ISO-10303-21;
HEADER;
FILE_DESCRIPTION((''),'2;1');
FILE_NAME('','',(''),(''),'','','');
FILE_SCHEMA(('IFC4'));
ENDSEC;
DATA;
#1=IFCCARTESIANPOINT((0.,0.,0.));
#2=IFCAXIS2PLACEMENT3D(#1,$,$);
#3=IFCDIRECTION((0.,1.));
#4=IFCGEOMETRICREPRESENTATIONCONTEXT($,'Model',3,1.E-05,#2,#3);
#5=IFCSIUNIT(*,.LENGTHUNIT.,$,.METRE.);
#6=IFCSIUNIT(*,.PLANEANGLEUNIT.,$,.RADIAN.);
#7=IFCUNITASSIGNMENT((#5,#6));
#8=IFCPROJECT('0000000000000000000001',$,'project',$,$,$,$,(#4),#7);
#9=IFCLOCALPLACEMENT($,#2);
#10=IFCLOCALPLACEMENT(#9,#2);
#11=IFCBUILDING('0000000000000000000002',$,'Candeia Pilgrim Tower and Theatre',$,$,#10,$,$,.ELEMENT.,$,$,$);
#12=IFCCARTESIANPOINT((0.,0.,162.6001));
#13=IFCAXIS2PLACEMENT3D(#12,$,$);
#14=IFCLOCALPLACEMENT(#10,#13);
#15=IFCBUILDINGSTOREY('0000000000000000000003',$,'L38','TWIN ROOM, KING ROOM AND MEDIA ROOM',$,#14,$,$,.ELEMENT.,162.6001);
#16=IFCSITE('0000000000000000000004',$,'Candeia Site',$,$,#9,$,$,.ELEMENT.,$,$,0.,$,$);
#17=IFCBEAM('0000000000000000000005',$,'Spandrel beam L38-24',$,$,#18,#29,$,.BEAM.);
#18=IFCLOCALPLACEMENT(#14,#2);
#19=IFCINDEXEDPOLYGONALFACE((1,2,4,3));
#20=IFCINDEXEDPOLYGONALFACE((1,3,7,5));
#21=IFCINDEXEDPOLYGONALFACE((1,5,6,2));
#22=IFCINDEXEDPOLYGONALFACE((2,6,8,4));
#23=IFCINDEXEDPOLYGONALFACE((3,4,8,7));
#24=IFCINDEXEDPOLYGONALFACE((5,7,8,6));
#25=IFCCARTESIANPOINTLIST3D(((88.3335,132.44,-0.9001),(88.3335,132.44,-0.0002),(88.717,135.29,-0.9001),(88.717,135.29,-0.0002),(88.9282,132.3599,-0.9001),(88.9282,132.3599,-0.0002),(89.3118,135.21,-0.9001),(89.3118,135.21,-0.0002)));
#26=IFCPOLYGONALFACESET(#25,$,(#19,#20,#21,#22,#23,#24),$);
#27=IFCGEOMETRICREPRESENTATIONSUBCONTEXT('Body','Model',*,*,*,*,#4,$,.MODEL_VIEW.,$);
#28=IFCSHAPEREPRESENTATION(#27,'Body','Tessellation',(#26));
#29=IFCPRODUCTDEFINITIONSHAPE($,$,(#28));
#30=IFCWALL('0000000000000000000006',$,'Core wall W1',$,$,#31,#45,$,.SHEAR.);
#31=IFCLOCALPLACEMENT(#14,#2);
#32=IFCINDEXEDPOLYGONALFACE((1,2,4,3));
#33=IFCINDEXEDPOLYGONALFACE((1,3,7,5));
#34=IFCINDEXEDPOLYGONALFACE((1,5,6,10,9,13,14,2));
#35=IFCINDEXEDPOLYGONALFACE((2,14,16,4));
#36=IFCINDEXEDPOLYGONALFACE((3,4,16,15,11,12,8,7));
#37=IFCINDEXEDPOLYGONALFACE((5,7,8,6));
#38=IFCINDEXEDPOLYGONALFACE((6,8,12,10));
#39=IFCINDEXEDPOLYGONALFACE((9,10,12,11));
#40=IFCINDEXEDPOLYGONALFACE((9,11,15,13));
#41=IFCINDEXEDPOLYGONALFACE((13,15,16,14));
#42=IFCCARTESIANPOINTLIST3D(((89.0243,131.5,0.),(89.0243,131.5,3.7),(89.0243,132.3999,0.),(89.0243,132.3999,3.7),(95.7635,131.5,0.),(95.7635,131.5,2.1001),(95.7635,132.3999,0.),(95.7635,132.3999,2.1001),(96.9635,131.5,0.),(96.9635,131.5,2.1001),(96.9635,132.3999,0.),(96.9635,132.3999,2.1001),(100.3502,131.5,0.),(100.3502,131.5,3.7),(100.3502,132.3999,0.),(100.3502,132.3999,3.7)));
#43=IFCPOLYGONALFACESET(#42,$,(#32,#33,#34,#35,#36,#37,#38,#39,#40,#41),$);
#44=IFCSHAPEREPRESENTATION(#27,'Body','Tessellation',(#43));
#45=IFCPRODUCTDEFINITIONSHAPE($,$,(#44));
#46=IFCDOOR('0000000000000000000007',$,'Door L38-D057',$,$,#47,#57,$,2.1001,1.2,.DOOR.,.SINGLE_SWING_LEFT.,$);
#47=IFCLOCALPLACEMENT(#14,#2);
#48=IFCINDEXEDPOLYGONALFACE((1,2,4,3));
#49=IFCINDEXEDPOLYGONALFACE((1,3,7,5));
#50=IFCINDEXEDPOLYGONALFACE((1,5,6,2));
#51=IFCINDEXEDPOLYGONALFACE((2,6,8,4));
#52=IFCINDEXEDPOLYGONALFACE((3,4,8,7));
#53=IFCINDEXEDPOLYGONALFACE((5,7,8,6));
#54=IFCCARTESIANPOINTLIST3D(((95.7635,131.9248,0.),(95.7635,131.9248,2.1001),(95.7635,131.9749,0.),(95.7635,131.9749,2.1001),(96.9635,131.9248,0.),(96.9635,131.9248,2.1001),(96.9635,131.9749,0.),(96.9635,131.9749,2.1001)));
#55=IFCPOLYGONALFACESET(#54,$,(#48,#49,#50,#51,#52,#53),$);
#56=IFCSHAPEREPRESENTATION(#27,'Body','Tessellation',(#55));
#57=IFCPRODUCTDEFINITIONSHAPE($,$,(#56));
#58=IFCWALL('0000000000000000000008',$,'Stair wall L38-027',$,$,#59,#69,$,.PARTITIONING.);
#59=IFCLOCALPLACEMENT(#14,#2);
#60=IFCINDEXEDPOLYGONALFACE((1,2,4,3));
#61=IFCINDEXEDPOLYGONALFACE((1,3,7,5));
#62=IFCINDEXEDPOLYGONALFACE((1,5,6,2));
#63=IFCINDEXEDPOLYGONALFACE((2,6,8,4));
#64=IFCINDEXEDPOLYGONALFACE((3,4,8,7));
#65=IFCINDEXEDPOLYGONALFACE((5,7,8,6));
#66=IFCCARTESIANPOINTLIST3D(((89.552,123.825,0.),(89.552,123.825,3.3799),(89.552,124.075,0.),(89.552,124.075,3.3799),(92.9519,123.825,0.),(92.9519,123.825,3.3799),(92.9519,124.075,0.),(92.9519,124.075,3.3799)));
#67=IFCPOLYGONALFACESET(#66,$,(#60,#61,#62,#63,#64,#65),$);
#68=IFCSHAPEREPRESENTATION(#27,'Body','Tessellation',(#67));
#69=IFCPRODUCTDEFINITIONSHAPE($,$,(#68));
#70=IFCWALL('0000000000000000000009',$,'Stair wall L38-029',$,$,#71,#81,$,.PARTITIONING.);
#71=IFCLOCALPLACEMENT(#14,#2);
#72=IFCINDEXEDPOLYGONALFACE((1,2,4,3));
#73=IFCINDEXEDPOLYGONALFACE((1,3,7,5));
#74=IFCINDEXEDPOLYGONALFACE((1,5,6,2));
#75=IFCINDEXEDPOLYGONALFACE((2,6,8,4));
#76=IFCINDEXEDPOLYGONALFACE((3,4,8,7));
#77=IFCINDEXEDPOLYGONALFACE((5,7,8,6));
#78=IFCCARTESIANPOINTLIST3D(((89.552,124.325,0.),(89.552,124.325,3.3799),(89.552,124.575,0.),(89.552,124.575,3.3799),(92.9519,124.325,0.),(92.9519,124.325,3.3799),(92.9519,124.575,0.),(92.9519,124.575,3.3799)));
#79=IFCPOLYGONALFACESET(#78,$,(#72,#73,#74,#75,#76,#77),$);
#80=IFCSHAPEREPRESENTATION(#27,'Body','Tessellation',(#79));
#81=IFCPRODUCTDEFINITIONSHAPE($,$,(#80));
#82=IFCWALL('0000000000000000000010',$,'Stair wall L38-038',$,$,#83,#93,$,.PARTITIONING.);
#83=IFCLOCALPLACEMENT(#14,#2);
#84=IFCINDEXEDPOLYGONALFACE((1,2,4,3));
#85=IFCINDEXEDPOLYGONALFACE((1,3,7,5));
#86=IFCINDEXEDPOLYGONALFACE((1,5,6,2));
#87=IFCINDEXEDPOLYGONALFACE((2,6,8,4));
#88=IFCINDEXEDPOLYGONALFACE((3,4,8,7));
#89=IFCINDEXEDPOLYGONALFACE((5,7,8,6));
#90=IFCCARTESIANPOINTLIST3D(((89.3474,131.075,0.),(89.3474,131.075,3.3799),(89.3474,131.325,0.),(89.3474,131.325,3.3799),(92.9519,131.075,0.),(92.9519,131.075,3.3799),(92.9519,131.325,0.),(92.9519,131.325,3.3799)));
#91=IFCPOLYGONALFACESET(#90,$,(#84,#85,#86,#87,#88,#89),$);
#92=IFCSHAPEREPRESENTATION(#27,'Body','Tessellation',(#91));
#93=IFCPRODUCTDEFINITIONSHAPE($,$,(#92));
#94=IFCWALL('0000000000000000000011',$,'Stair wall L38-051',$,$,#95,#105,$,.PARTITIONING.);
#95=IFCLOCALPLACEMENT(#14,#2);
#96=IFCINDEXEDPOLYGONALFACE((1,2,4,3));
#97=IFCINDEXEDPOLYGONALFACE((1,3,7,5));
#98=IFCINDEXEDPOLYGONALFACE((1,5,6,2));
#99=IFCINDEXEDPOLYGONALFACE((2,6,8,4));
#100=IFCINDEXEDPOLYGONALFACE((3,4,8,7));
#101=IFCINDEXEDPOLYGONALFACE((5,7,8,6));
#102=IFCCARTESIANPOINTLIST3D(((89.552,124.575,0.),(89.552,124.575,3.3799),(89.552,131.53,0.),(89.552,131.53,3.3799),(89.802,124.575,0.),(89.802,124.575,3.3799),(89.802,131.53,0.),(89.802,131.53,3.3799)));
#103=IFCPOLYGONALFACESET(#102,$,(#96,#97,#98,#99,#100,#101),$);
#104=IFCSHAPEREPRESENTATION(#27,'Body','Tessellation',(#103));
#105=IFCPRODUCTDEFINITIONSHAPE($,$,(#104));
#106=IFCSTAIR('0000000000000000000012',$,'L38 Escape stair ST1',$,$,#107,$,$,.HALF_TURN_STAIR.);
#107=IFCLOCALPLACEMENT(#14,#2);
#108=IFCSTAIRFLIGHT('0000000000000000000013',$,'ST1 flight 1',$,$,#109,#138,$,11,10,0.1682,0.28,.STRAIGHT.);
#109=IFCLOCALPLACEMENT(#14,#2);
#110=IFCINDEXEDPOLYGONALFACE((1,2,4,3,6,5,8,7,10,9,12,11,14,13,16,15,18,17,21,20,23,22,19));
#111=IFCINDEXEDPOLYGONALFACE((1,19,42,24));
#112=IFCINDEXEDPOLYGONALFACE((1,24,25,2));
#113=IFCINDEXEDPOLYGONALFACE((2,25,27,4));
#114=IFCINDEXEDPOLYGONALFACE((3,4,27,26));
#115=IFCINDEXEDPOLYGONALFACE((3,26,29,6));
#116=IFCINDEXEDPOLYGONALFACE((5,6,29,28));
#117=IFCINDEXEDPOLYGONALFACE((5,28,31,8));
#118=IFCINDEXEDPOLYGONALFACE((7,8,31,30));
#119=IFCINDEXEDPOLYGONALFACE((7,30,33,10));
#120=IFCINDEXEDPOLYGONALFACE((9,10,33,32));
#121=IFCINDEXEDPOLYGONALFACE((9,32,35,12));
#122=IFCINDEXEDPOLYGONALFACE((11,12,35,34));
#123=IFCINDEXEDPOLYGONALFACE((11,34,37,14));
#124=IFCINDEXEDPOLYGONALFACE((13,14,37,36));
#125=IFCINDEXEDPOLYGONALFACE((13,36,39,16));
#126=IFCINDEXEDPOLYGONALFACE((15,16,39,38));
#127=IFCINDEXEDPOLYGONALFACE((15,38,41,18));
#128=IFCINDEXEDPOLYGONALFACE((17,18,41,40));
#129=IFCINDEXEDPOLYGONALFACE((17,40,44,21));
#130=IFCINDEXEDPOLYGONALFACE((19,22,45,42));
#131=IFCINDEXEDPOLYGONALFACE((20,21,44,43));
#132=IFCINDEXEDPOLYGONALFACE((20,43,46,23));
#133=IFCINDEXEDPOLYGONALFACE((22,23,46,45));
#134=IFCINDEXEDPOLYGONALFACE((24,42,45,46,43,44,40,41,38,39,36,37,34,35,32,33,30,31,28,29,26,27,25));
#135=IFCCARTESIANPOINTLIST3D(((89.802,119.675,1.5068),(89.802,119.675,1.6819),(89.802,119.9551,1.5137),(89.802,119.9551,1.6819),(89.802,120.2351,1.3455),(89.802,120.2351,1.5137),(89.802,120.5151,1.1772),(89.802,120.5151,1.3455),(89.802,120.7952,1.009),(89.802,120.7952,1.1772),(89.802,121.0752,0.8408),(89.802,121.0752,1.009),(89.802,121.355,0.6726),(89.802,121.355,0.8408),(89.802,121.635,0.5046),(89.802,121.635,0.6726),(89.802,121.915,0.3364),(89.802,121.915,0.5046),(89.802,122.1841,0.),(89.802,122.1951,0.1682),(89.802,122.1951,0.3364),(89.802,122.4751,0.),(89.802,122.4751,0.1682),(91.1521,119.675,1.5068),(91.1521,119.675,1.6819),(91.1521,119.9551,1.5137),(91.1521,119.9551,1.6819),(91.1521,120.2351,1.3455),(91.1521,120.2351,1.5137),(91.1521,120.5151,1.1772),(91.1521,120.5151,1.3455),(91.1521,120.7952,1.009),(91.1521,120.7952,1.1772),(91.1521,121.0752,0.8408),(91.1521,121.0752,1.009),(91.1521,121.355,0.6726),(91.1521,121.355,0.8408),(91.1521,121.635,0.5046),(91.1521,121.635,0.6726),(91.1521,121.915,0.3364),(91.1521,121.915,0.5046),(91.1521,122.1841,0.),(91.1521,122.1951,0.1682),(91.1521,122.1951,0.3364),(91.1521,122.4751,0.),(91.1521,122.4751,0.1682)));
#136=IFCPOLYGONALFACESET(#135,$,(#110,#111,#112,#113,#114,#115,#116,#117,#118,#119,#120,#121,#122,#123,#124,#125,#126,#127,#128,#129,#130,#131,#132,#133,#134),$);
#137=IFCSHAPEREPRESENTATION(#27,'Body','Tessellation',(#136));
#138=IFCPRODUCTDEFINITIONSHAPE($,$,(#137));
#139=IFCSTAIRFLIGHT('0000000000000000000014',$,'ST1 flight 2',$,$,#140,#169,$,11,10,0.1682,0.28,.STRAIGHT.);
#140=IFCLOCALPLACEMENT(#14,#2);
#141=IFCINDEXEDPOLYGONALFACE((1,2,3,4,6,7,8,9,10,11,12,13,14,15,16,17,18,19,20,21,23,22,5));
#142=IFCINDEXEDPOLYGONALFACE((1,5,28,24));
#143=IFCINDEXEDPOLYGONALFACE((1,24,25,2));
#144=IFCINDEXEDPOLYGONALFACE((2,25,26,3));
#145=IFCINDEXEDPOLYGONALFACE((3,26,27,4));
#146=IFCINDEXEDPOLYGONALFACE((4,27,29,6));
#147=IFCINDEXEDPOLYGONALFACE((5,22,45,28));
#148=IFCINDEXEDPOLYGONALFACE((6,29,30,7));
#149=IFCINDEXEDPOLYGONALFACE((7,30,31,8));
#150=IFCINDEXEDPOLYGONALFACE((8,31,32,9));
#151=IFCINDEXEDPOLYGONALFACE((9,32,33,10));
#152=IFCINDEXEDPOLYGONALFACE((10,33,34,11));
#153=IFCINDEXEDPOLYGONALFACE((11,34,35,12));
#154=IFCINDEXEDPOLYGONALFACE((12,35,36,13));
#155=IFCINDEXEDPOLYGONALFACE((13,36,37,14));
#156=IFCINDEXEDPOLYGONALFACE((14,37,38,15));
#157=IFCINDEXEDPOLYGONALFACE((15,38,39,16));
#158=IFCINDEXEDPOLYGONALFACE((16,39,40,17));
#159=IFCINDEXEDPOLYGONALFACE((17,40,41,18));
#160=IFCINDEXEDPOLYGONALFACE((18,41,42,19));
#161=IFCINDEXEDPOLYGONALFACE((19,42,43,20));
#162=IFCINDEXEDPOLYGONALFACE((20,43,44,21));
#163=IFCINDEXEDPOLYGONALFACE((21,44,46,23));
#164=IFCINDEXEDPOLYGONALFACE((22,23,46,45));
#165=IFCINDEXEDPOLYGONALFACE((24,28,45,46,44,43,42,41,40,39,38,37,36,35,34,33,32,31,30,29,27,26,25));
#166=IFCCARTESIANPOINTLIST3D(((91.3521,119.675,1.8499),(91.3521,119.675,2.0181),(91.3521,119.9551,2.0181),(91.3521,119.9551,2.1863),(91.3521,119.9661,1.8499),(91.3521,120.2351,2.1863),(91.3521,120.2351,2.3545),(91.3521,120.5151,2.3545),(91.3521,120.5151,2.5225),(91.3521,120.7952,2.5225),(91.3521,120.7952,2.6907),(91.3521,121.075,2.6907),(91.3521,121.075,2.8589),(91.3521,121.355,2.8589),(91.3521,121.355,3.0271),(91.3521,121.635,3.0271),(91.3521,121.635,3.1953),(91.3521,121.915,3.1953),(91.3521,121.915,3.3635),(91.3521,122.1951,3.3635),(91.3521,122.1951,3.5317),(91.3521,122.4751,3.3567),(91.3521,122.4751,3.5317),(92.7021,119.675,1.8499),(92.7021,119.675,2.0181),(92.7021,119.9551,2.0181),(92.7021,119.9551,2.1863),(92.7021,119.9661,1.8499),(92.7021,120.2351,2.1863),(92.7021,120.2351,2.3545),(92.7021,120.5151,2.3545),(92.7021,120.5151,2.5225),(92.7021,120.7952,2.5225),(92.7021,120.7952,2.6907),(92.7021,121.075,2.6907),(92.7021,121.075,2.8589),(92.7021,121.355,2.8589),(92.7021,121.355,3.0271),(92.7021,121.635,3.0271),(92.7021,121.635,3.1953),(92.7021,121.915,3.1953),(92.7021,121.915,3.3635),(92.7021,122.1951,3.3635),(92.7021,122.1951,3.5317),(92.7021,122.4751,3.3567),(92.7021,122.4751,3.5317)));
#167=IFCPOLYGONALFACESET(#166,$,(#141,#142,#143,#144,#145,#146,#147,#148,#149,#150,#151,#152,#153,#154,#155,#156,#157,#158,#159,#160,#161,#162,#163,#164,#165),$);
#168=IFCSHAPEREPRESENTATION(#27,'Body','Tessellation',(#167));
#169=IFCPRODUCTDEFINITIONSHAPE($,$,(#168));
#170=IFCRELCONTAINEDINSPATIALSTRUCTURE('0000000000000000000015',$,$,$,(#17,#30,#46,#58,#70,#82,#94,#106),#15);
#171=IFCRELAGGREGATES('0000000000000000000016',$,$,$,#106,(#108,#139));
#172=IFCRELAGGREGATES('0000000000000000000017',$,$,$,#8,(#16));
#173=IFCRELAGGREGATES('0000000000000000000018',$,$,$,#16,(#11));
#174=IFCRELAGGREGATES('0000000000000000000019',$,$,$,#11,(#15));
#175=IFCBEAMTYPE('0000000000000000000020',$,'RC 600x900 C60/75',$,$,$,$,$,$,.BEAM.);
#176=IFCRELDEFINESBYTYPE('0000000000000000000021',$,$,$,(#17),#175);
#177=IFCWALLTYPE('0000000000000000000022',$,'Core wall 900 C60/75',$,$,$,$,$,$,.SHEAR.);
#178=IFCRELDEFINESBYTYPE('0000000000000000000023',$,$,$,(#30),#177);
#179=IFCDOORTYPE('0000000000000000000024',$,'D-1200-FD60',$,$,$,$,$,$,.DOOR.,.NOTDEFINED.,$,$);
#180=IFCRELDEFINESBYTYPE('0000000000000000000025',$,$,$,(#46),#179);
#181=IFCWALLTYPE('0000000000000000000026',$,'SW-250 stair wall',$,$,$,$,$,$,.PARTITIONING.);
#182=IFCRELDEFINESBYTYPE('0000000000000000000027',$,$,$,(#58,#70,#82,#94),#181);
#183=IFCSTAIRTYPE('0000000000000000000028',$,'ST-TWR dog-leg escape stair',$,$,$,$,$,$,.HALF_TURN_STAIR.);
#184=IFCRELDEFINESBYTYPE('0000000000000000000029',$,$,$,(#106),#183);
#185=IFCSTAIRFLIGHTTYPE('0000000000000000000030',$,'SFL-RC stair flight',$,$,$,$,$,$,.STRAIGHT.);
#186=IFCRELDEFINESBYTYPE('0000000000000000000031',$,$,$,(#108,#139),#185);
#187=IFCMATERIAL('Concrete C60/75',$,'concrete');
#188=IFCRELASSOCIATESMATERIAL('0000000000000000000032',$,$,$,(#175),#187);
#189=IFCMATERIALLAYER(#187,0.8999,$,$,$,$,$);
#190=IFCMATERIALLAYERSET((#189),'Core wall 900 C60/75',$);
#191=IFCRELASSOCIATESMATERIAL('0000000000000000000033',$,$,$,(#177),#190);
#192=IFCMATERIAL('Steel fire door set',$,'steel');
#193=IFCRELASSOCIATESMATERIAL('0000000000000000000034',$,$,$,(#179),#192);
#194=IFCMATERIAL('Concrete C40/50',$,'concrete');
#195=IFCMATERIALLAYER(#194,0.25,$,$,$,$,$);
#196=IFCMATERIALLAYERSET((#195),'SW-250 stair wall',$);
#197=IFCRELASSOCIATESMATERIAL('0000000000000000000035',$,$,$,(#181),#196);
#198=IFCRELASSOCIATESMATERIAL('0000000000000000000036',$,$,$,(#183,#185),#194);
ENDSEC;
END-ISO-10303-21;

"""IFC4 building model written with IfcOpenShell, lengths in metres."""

from ifc_helpers import new_model, si_unit, direction, frame, frame_2d, origin, origin_2d, place, context, subcontext, project, spatial, polyline, rectangle, outline, extrude, material, layer, layer_set, material_profile, profile_set, type_object, element, fill, aggregate, save


model = new_model("IFC4")

# Units and contexts
model_context = context("Model", 3, precision=1e-05, world=origin(), true_north=direction((0.0, 1.0)))
body_context = subcontext(model_context, "Body", "Model", "MODEL_VIEW")
ifc_project = project(units=[si_unit("LENGTHUNIT", "METRE"), si_unit("PLANEANGLEUNIT", "RADIAN")], contexts=[model_context])

# Site, building, storey
site_placement = place(None, origin())
site = spatial("IfcSite", under=ifc_project, at=site_placement, Name="Candeia Site", CompositionType="ELEMENT", RefElevation=0.0)
building_placement = place(site_placement, origin())
building = spatial("IfcBuilding", under=site, at=building_placement, Name="Candeia Pilgrim Tower and Theatre", CompositionType="ELEMENT")
storey_placement = place(building_placement, frame((0.0, 0.0, 162.6001)))
storey = spatial("IfcBuildingStorey", under=building, at=storey_placement, Name="L38", Description="TWIN ROOM, KING ROOM AND MEDIA ROOM", CompositionType="ELEMENT", Elevation=162.6001)

# Beam
ifc_material_1 = material(Name="Concrete C60/75", Category="concrete")
ifc_material_profile = material_profile(ifc_material_1, rectangle(XDim=0.6001, YDim=0.8999, at=origin_2d()))
ifc_profile_set = profile_set([ifc_material_profile], Name="Concrete C60/75")
beam_type = type_object("IfcBeamType", Name="RC 600x900 C60/75", PredefinedType="BEAM", material=ifc_profile_set)
beam_placement = place(storey_placement, frame((89.0144, 135.25, -0.4502), z_axis=(-0.13337, -0.991066, 0.0), x_axis=(0.991066, -0.13337, 0.0)))
element("IfcBeam", 1, at=beam_placement, inside=storey, type_object=beam_type, Name="Spandrel beam L38-24", PredefinedType="BEAM", context=body_context, shape_type="SweptSolid", body=[
    extrude(rectangle(XDim=0.6001, YDim=0.8999, at=origin_2d()), origin(), (0.0, 0.0, 1.0), 2.8757),
])

# Wall, opening, door
ifc_layer_1 = layer(ifc_material_1, 0.8999)
ifc_layer_set_1 = layer_set([ifc_layer_1], Name="Core wall 900 C60/75")
wall_type_1 = type_object("IfcWallType", Name="Core wall 900 C60/75", PredefinedType="SHEAR", material=ifc_layer_set_1)
wall_1_placement = place(storey_placement, frame((89.0242, 131.95, 0.0), z_axis=(0.0, 0.0, 1.0), x_axis=(1.0, 0.0, 0.0)))
wall_1 = element("IfcWall", 2, at=wall_1_placement, inside=storey, type_object=wall_type_1, Name="Core wall W1", PredefinedType="SHEAR", context=body_context, shape_type="SweptSolid", body=[
    extrude(rectangle(XDim=11.3259, YDim=0.8999, at=frame_2d((5.6631, 0.0))), origin(), (0.0, 0.0, 1.0), 3.7),
])
opening_placement = place(wall_1_placement, frame((6.7393, 0.0, 0.0)))
opening = element("IfcOpeningElement", 3, at=opening_placement, cuts=wall_1, PredefinedType="OPENING", context=body_context, shape_type="SweptSolid", body=[
    extrude(rectangle(XDim=1.2, YDim=2.1001, at=frame_2d((0.6001, 1.05))), frame((0.0, 0.46, 0.0), z_axis=(0.0, -1.0, 0.0), x_axis=(1.0, 0.0, 0.0)), (0.0, 0.0, 1.0), 0.9199),
])
ifc_material_2 = material(Name="Steel fire door set", Category="steel")
door_type = type_object("IfcDoorType", Name="D-1200-FD60", OperationType="NOTDEFINED", PredefinedType="DOOR", material=ifc_material_2)
door_placement = place(opening_placement, origin())
door = element("IfcDoor", 4, at=door_placement, inside=storey, type_object=door_type, Name="Door L38-D057", OperationType="SINGLE_SWING_LEFT", OverallHeight=2.1001, OverallWidth=1.2, PredefinedType="DOOR", context=body_context, shape_type="SweptSolid", body=[
    extrude(rectangle(XDim=1.2, YDim=2.1001, at=frame_2d((0.6001, 1.05))), frame((0.0, 0.0249, 0.0), z_axis=(0.0, -1.0, 0.0), x_axis=(1.0, 0.0, 0.0)), (0.0, 0.0, 1.0), 0.05),
])
fill(opening, door)

# Walls
ifc_material_3 = material(Name="Concrete C40/50", Category="concrete")
ifc_layer_2 = layer(ifc_material_3, 0.25)
ifc_layer_set_2 = layer_set([ifc_layer_2], Name="SW-250 stair wall")
wall_type_2 = type_object("IfcWallType", Name="SW-250 stair wall", PredefinedType="PARTITIONING", material=ifc_layer_set_2)
for number, where, z_axis, x_axis, name in (
    (5, (89.552, 123.95, 0.0), (0.0, 0.0, 1.0), (1.0, 0.0, 0.0), "Stair wall L38-027"),
    (6, (89.552, 124.45, 0.0), (0.0, 0.0, 1.0), (1.0, 0.0, 0.0), "Stair wall L38-029"),
):
    element("IfcWall", number, at=place(storey_placement, frame(where, z_axis=z_axis, x_axis=x_axis)), inside=storey, type_object=wall_type_2, Name=name, PredefinedType="PARTITIONING", context=body_context, shape_type="SweptSolid", body=[
        extrude(rectangle(XDim=3.3999, YDim=0.25, at=frame_2d((1.7, 0.0))), origin(), (0.0, 0.0, 1.0), 3.3799),
    ])
wall_2_placement = place(storey_placement, frame((89.3474, 131.2, 0.0), z_axis=(0.0, 0.0, 1.0), x_axis=(1.0, 0.0, 0.0)))
element("IfcWall", 7, at=wall_2_placement, inside=storey, type_object=wall_type_2, Name="Stair wall L38-038", PredefinedType="PARTITIONING", context=body_context, shape_type="SweptSolid", body=[
    extrude(rectangle(XDim=3.6045, YDim=0.25, at=frame_2d((1.8022, 0.0))), origin(), (0.0, 0.0, 1.0), 3.3799),
])
wall_3_placement = place(storey_placement, frame((89.677, 124.575, 0.0), z_axis=(0.0, 0.0, 1.0), x_axis=(0.0, 1.0, 0.0)))
element("IfcWall", 8, at=wall_3_placement, inside=storey, type_object=wall_type_2, Name="Stair wall L38-051", PredefinedType="PARTITIONING", context=body_context, shape_type="SweptSolid", body=[
    extrude(rectangle(XDim=6.9551, YDim=0.25, at=frame_2d((3.4775, 0.0))), origin(), (0.0, 0.0, 1.0), 3.3799),
])

# Stair, stair flights
stair_type = type_object("IfcStairType", Name="ST-TWR dog-leg escape stair", PredefinedType="HALF_TURN_STAIR", material=ifc_material_3)
stair_1_placement = place(storey_placement, origin())
stair_1 = element("IfcStair", 9, at=stair_1_placement, inside=storey, type_object=stair_type, Name="L38 Escape stair ST1", PredefinedType="HALF_TURN_STAIR")
stair_flight_type = type_object("IfcStairFlightType", Name="SFL-RC stair flight", PredefinedType="STRAIGHT", material=ifc_material_3)
stair_flight_1_placement = place(storey_placement, frame((90.4771, 122.4751, 0.0), z_axis=(0.0, 0.0, 1.0), x_axis=(0.0, -1.0, 0.0)))
stair_flight_1 = element("IfcStairFlight", 10, at=stair_flight_1_placement, type_object=stair_flight_type, Name="ST1 flight 1", NumberOfRisers=11, NumberOfTreads=10, PredefinedType="STRAIGHT", RiserHeight=0.1682, TreadLength=0.28, context=body_context, shape_type="SweptSolid", body=[
    extrude(outline(polyline([(0.0, 0.0), (0.0, 0.1682), (0.28, 0.1682), (0.28, 0.3364), (0.5601, 0.3364), (0.5601, 0.5046), (0.8401, 0.5046), (0.8401, 0.6726), (1.1201, 0.6726), (1.1201, 0.8408), (1.3999, 0.8408), (1.3999, 1.009), (1.6799, 1.009), (1.6799, 1.1772), (1.96, 1.1772), (1.96, 1.3455), (2.24, 1.3455), (2.24, 1.5137), (2.52, 1.5137), (2.52, 1.6819), (2.8, 1.6819), (2.8, 1.8501), (2.8, 1.5068), (0.291, 0.0), (0.0, 0.0)])), frame((0.0, 0.675, 0.0), z_axis=(0.0, -1.0, 0.0), x_axis=(1.0, 0.0, 0.0)), (0.0, 0.0, 1.0), 1.3501),
])
stair_flight_2_placement = place(storey_placement, frame((92.0271, 119.675, 1.8499), z_axis=(0.0, 0.0, 1.0), x_axis=(0.0, 1.0, 0.0)))
stair_flight_2 = element("IfcStairFlight", 11, at=stair_flight_2_placement, type_object=stair_flight_type, Name="ST1 flight 2", NumberOfRisers=11, NumberOfTreads=10, PredefinedType="STRAIGHT", RiserHeight=0.1682, TreadLength=0.28, context=body_context, shape_type="SweptSolid", body=[
    extrude(outline(polyline([(0.0, 0.0), (0.0, 0.1682), (0.28, 0.1682), (0.28, 0.3364), (0.5601, 0.3364), (0.5601, 0.5046), (0.8401, 0.5046), (0.8401, 0.6726), (1.1201, 0.6726), (1.1201, 0.8408), (1.3999, 0.8408), (1.3999, 1.009), (1.6799, 1.009), (1.6799, 1.1772), (1.96, 1.1772), (1.96, 1.3455), (2.24, 1.3455), (2.24, 1.5137), (2.52, 1.5137), (2.52, 1.6819), (2.8, 1.6819), (2.8, 1.8501), (2.8, 1.5068), (0.291, 0.0), (0.0, 0.0)])), frame((0.0, 0.675, 0.0), z_axis=(0.0, -1.0, 0.0), x_axis=(1.0, 0.0, 0.0)), (0.0, 0.0, 1.0), 1.3501),
])
aggregate(stair_1, [stair_flight_1, stair_flight_2])

save(model, "model.ifc")
